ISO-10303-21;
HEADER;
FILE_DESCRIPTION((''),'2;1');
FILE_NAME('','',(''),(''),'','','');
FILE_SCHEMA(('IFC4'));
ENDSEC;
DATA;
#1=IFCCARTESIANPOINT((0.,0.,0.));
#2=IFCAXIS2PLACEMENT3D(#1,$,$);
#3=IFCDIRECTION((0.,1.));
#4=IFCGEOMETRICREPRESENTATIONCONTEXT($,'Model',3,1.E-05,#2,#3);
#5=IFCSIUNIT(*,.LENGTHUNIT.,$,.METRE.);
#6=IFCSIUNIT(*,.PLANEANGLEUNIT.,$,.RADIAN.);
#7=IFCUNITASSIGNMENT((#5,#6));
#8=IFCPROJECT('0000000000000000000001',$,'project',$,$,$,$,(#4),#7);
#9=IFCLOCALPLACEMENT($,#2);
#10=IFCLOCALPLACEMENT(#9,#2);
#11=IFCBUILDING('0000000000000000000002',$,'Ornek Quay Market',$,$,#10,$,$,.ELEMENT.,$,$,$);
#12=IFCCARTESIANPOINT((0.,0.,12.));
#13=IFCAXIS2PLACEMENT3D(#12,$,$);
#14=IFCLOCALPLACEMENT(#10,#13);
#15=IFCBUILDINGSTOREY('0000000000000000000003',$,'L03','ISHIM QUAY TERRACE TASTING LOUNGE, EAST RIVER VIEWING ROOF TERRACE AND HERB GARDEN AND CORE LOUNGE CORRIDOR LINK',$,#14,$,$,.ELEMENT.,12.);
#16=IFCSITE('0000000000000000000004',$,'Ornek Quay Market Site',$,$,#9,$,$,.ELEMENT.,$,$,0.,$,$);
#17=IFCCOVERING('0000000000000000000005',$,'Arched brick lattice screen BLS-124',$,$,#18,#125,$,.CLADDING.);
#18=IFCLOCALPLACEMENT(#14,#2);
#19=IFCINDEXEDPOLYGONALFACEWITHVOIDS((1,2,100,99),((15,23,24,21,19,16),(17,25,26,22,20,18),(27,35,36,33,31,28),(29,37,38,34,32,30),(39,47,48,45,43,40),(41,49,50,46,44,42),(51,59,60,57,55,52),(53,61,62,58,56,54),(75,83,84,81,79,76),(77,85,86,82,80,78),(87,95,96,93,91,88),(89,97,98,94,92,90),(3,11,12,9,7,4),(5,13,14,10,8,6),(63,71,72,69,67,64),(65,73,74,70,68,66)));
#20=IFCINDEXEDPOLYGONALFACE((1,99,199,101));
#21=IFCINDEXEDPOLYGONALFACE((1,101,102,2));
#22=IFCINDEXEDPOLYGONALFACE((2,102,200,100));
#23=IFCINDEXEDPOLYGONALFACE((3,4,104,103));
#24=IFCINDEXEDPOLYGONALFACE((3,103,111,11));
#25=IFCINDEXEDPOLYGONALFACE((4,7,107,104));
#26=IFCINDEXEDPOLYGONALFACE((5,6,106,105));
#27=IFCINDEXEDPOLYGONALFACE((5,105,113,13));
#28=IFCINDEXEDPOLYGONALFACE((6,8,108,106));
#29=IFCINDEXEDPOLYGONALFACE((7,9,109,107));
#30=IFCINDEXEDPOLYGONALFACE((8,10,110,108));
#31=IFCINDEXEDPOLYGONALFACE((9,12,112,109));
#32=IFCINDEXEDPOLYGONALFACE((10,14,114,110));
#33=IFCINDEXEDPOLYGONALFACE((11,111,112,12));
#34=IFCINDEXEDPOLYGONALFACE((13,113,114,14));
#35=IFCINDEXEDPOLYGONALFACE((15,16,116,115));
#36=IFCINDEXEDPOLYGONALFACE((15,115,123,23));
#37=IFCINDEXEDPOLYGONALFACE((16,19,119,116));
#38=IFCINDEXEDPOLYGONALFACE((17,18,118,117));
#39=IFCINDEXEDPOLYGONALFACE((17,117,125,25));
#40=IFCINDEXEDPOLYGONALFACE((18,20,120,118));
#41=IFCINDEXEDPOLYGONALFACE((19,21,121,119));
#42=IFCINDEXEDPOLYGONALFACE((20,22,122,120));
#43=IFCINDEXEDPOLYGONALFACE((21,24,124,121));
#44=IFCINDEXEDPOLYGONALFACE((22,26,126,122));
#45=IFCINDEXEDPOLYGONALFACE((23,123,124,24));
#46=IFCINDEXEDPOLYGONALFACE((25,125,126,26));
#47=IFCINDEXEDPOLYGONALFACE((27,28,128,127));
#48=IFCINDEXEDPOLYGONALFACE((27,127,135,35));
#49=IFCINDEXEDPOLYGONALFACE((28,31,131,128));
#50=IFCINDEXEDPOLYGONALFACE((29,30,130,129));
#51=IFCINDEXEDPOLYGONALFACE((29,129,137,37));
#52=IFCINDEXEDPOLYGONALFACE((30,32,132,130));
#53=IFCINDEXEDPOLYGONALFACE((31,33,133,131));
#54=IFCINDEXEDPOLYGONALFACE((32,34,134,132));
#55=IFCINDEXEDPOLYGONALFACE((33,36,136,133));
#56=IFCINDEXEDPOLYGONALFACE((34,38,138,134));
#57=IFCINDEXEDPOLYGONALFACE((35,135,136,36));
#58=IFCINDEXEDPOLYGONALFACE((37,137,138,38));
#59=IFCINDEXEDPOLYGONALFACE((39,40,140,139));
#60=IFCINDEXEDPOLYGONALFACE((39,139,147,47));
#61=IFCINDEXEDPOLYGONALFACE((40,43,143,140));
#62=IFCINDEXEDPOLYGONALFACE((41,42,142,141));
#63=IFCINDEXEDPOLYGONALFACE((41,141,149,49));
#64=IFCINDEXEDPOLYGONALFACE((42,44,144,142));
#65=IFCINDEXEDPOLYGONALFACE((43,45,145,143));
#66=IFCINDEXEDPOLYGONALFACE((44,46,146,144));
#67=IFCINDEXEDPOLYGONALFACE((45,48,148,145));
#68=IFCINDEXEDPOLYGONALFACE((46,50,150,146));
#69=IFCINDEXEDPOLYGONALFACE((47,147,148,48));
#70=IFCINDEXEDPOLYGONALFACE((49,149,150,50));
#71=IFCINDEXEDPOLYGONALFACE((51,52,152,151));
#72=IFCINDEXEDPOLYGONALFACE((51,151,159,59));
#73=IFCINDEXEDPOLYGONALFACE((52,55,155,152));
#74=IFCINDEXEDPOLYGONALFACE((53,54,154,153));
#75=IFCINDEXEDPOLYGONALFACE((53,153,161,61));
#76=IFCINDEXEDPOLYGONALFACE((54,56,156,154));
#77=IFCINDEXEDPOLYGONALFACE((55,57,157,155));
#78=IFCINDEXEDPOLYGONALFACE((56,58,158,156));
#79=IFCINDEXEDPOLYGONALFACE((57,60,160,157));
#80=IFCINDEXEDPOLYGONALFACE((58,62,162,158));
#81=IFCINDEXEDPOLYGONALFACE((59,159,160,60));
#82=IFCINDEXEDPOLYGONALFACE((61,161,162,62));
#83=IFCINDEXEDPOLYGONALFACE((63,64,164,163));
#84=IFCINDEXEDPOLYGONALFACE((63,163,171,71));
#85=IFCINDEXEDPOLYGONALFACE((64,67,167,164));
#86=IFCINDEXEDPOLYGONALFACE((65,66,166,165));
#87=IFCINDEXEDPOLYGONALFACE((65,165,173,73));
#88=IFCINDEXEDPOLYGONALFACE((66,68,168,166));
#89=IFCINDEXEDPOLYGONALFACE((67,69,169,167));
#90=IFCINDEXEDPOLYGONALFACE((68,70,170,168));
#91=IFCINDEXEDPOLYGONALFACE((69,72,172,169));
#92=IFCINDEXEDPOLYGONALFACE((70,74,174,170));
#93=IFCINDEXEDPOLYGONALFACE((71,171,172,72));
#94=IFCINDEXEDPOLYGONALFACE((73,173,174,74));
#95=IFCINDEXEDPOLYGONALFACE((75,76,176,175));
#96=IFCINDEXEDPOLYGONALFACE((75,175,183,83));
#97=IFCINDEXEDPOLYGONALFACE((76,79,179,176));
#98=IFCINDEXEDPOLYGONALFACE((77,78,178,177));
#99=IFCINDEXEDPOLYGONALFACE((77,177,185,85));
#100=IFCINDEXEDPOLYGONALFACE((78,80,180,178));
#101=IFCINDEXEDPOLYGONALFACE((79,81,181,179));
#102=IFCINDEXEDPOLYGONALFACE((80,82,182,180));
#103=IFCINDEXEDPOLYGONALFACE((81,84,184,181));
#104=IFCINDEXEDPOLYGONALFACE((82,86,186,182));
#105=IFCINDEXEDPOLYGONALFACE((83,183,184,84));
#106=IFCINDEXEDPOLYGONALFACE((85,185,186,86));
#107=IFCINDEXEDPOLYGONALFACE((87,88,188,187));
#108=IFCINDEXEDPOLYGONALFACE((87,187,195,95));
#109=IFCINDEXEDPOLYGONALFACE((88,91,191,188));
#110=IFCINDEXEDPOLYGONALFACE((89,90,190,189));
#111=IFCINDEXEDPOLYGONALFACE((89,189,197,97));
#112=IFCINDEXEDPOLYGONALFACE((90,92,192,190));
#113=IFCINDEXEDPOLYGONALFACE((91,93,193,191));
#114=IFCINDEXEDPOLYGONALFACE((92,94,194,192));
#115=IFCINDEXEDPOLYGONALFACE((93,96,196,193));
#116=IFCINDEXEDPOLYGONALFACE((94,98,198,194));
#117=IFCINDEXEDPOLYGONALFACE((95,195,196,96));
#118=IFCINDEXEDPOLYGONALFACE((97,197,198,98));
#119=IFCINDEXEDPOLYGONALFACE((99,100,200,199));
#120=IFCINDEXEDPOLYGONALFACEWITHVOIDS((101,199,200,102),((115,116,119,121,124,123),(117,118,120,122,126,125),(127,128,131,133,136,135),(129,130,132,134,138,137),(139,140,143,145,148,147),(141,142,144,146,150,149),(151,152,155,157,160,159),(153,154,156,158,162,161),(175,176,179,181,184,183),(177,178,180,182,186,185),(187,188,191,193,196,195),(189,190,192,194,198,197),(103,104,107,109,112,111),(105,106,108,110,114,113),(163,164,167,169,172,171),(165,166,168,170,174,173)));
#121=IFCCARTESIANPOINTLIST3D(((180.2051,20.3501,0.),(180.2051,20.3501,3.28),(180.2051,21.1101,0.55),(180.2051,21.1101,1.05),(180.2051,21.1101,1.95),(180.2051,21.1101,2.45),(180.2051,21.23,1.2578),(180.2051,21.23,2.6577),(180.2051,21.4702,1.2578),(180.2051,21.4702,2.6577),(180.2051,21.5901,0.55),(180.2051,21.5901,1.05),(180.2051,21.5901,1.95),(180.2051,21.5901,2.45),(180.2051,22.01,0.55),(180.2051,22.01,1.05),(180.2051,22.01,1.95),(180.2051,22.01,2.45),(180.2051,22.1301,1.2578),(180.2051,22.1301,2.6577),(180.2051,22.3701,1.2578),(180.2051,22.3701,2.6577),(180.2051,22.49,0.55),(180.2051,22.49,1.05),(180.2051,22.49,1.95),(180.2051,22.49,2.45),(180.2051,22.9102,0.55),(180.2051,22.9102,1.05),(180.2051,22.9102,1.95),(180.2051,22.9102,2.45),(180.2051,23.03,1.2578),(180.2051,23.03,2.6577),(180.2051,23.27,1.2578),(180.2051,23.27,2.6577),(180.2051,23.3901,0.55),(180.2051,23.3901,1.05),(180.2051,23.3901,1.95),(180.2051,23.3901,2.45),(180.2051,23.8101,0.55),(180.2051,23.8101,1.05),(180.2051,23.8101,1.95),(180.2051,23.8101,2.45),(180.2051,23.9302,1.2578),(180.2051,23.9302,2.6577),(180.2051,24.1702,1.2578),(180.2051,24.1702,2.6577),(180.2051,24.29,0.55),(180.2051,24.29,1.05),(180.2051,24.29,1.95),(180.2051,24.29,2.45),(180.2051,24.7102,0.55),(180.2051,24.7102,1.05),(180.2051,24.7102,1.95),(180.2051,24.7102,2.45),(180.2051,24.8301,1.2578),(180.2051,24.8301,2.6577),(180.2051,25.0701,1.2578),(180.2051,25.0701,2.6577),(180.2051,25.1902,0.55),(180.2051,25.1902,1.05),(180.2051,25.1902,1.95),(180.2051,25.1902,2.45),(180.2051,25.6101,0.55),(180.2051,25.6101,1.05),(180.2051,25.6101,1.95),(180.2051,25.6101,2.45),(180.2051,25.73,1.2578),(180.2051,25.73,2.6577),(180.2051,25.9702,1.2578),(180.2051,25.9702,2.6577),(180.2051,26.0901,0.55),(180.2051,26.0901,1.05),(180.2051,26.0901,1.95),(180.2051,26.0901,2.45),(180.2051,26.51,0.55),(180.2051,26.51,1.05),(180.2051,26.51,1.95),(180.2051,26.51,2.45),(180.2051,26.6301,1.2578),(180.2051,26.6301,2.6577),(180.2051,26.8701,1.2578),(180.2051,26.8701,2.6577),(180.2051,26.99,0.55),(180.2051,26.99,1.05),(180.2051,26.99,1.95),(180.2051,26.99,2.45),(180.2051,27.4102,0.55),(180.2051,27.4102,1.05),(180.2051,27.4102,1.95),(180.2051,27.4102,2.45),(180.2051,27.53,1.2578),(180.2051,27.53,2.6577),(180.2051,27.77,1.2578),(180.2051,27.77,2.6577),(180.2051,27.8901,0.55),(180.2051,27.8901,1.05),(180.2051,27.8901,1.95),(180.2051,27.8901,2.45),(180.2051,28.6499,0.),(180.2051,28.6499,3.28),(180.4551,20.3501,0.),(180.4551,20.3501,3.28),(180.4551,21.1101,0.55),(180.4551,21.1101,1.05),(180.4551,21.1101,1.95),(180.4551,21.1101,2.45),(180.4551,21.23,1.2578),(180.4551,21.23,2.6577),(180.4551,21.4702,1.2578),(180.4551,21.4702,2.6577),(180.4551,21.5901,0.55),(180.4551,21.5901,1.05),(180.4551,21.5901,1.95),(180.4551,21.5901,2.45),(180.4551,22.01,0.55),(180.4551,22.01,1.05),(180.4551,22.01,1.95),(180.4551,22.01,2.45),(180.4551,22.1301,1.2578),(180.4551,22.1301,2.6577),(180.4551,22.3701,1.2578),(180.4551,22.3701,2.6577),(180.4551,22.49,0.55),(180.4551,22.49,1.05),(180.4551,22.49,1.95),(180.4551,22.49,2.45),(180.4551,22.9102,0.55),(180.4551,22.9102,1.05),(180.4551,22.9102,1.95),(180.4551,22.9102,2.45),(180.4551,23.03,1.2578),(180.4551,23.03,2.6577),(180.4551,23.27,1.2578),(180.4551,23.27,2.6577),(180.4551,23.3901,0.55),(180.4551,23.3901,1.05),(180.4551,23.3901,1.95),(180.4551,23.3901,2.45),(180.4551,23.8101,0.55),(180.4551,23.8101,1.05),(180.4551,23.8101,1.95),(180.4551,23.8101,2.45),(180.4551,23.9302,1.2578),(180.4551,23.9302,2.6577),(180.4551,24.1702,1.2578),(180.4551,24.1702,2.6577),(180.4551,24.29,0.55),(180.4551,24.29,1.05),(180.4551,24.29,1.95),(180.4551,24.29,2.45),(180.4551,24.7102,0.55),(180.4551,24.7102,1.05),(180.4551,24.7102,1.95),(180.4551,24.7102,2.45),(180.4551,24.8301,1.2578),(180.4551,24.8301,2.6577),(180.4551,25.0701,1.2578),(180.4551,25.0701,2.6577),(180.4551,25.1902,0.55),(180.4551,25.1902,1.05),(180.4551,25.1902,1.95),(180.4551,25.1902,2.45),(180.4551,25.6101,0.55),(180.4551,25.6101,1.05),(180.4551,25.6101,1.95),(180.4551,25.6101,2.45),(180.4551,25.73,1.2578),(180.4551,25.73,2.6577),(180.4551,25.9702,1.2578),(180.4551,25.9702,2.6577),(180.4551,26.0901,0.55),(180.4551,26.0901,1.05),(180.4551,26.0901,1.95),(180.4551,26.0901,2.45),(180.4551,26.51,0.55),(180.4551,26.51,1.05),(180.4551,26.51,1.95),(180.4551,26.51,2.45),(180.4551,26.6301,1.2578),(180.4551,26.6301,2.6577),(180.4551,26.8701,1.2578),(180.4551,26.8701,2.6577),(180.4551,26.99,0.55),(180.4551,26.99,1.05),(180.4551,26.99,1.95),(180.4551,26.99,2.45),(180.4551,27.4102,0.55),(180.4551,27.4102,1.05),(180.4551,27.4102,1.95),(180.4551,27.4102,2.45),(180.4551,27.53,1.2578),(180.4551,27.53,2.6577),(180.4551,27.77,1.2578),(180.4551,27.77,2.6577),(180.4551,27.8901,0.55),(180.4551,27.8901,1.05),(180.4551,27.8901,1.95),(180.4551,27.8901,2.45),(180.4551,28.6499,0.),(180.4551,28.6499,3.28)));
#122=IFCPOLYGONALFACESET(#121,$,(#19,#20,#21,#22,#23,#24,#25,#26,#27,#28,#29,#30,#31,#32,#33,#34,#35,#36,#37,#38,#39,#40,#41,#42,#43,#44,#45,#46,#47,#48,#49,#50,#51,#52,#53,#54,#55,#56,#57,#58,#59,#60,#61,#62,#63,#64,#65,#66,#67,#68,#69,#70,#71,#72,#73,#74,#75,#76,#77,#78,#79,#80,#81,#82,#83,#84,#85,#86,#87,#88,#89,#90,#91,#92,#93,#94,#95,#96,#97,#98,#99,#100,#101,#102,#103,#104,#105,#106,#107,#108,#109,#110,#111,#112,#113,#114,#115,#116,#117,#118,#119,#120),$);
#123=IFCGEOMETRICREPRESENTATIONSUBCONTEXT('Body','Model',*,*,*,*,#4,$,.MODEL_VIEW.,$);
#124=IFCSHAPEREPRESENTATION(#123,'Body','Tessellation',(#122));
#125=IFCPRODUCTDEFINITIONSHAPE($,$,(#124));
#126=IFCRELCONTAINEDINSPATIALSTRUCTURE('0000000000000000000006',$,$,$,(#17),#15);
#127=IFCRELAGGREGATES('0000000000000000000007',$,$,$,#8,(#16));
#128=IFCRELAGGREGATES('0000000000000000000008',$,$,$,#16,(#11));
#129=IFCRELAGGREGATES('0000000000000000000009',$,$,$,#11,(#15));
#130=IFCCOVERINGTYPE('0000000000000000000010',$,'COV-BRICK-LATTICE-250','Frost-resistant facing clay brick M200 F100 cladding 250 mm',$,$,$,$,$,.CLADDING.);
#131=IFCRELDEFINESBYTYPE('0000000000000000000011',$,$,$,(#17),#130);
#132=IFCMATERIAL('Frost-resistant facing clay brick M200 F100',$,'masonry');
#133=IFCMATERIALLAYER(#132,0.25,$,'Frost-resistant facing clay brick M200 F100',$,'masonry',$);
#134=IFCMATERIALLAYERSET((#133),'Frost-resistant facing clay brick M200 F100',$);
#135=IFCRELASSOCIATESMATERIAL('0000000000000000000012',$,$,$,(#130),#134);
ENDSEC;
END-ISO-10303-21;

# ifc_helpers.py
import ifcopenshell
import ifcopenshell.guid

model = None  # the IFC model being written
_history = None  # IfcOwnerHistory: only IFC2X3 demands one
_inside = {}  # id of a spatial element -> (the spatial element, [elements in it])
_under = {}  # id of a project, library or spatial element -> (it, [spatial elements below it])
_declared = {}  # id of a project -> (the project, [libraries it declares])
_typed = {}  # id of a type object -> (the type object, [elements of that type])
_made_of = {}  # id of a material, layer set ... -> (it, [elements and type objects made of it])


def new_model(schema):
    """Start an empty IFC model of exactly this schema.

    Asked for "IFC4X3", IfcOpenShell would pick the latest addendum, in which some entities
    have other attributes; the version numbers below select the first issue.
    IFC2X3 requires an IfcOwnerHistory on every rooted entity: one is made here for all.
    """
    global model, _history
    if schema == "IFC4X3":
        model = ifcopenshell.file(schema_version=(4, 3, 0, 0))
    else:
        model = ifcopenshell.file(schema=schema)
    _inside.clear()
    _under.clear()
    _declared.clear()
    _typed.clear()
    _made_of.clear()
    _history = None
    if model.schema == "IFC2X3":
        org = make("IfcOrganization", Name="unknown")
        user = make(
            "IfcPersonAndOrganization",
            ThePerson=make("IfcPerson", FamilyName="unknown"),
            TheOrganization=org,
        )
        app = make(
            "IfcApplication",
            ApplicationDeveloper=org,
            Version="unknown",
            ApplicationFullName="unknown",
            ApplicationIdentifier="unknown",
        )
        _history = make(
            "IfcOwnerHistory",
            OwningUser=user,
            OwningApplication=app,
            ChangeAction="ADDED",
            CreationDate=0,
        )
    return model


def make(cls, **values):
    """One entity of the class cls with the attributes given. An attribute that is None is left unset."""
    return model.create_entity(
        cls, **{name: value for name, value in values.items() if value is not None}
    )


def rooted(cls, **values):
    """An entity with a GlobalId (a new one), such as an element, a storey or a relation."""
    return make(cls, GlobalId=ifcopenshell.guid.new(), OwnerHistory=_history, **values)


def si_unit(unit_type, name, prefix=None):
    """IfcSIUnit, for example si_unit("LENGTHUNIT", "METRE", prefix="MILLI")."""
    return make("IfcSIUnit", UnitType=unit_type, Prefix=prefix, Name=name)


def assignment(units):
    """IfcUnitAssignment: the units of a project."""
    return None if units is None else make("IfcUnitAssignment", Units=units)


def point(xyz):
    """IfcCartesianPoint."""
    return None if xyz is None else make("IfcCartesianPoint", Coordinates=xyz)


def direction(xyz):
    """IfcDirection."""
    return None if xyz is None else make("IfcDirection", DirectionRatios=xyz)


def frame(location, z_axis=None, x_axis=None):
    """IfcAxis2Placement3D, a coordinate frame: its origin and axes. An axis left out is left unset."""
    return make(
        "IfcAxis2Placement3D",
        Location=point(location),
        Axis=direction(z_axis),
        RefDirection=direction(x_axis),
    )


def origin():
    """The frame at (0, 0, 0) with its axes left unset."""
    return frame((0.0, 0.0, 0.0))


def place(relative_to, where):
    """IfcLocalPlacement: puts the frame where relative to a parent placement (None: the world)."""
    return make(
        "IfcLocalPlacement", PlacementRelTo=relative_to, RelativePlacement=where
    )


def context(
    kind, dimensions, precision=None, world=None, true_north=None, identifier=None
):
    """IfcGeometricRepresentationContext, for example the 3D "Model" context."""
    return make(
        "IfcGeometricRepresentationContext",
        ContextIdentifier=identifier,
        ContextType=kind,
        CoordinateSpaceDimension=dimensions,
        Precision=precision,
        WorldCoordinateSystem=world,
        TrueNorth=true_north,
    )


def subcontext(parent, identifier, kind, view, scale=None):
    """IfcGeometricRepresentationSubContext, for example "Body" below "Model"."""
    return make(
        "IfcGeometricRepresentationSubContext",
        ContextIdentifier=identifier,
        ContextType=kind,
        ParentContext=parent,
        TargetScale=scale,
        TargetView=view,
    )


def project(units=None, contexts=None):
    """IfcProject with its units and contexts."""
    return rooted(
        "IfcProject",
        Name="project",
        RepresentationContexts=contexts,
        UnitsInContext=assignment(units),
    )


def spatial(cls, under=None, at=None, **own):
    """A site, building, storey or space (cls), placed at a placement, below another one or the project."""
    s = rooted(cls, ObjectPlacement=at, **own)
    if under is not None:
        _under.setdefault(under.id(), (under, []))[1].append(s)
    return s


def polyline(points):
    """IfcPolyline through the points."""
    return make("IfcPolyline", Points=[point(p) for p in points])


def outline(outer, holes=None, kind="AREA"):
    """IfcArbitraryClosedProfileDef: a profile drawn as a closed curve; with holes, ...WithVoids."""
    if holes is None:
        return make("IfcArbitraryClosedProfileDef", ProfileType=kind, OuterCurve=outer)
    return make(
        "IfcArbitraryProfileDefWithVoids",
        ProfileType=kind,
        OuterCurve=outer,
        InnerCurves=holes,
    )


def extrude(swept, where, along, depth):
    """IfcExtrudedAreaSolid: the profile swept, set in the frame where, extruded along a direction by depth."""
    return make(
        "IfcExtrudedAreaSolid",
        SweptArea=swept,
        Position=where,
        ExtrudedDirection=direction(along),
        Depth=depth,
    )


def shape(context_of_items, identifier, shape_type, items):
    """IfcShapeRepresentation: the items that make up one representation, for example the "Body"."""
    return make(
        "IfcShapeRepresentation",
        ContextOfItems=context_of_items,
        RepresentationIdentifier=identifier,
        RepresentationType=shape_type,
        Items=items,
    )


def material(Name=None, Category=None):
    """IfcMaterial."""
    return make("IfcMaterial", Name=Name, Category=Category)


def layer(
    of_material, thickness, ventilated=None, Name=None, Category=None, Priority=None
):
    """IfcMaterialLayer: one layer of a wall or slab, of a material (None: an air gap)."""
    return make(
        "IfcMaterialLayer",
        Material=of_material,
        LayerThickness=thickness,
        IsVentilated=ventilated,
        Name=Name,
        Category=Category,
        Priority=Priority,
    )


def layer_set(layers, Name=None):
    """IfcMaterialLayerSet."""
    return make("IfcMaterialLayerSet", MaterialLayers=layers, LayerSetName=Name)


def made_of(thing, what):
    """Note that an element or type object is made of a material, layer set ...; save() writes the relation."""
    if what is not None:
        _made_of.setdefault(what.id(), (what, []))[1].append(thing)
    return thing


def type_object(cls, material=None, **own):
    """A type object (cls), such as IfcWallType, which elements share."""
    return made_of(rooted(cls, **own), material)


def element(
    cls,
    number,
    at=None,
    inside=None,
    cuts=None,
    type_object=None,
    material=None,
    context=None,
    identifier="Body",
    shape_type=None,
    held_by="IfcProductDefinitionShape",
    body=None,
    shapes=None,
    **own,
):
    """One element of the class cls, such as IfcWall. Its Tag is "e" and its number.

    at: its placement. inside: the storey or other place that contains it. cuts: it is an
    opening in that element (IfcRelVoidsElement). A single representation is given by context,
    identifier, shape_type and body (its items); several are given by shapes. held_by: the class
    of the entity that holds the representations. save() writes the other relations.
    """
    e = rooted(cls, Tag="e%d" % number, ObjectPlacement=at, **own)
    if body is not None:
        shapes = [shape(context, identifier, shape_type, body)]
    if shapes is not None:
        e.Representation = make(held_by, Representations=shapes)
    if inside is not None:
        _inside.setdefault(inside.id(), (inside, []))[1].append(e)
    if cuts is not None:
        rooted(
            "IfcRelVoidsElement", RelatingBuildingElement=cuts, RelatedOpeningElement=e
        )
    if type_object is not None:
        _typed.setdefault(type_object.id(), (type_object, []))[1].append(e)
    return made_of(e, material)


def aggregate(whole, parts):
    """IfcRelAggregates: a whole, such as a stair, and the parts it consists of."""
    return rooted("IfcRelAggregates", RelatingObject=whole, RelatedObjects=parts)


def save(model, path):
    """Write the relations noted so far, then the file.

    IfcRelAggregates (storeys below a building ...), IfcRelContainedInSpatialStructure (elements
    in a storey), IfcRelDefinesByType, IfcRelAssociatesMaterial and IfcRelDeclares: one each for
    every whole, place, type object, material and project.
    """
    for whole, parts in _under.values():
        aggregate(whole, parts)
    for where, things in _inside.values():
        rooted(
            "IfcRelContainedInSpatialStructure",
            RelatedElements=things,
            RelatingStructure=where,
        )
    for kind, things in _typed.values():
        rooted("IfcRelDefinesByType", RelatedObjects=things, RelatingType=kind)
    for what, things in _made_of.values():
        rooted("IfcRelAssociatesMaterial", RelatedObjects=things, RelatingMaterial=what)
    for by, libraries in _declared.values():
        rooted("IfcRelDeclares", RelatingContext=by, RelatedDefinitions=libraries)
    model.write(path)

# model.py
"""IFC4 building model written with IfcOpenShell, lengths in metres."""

from ifc_helpers import new_model, si_unit, direction, frame, origin, place, context, subcontext, project, spatial, polyline, outline, extrude, material, layer, layer_set, type_object, element, save


model = new_model("IFC4")

# Units and contexts
model_context = context("Model", 3, precision=1e-05, world=origin(), true_north=direction((0.0, 1.0)))
body_context = subcontext(model_context, "Body", "Model", "MODEL_VIEW")
ifc_project = project(units=[si_unit("LENGTHUNIT", "METRE"), si_unit("PLANEANGLEUNIT", "RADIAN")], contexts=[model_context])

# Site, building, storey
site_placement = place(None, origin())
site = spatial("IfcSite", under=ifc_project, at=site_placement, Name="Ornek Quay Market Site", CompositionType="ELEMENT", RefElevation=0.0)
building_placement = place(site_placement, origin())
building = spatial("IfcBuilding", under=site, at=building_placement, Name="Ornek Quay Market", CompositionType="ELEMENT")
storey_placement = place(building_placement, frame((0.0, 0.0, 12.0)))
storey = spatial("IfcBuildingStorey", under=building, at=storey_placement, Name="L03", Description="ISHIM QUAY TERRACE TASTING LOUNGE, EAST RIVER VIEWING ROOF TERRACE AND HERB GARDEN AND CORE LOUNGE CORRIDOR LINK", CompositionType="ELEMENT", Elevation=12.0)

# Shared definitions
ifc_material_1 = material(Name="Frost-resistant facing clay brick M200 F100", Category="masonry")

# Covering
ifc_layer_1 = layer(ifc_material_1, 0.25, Name="Frost-resistant facing clay brick M200 F100", Category="masonry")
ifc_layer_set_1 = layer_set([ifc_layer_1], Name="Frost-resistant facing clay brick M200 F100")
covering_type = type_object("IfcCoveringType", Name="COV-BRICK-LATTICE-250", Description="Frost-resistant facing clay brick M200 F100 cladding 250 mm", PredefinedType="CLADDING", material=ifc_layer_set_1)
covering_placement = place(storey_placement, frame((180.3301, 20.3501, 0.0), z_axis=(0.0, 0.0, 1.0), x_axis=(0.0, 1.0, 0.0)))
element("IfcCovering", 1, at=covering_placement, inside=storey, type_object=covering_type, Name="Arched brick lattice screen BLS-124", PredefinedType="CLADDING", context=body_context, shape_type="SweptSolid", body=[
    extrude(outline(polyline([(0.0, 0.0), (8.2998, 0.0), (8.2998, 3.28), (0.0, 3.28), (0.0, 0.0)]), holes=[polyline([(0.76, 0.55), (1.24, 0.55), (1.24, 1.05), (1.1201, 1.2578), (0.8799, 1.2578), (0.76, 1.05), (0.76, 0.55)]), polyline([(0.76, 1.95), (1.24, 1.95), (1.24, 2.45), (1.1201, 2.6577), (0.8799, 2.6577), (0.76, 2.45), (0.76, 1.95)]), polyline([(1.6599, 0.55), (2.1399, 0.55), (2.1399, 1.05), (2.02, 1.2578), (1.78, 1.2578), (1.6599, 1.05), (1.6599, 0.55)]), polyline([(1.6599, 1.95), (2.1399, 1.95), (2.1399, 2.45), (2.02, 2.6577), (1.78, 2.6577), (1.6599, 2.45), (1.6599, 1.95)]), polyline([(2.5601, 0.55), (3.04, 0.55), (3.04, 1.05), (2.9199, 1.2578), (2.6799, 1.2578), (2.5601, 1.05), (2.5601, 0.55)]), polyline([(2.5601, 1.95), (3.04, 1.95), (3.04, 2.45), (2.9199, 2.6577), (2.6799, 2.6577), (2.5601, 2.45), (2.5601, 1.95)]), polyline([(3.46, 0.55), (3.9399, 0.55), (3.9399, 1.05), (3.8201, 1.2578), (3.5801, 1.2578), (3.46, 1.05), (3.46, 0.55)]), polyline([(3.46, 1.95), (3.9399, 1.95), (3.9399, 2.45), (3.8201, 2.6577), (3.5801, 2.6577), (3.46, 2.45), (3.46, 1.95)]), polyline([(4.3601, 0.55), (4.8401, 0.55), (4.8401, 1.05), (4.72, 1.2578), (4.48, 1.2578), (4.3601, 1.05), (4.3601, 0.55)]), polyline([(4.3601, 1.95), (4.8401, 1.95), (4.8401, 2.45), (4.72, 2.6577), (4.48, 2.6577), (4.3601, 2.45), (4.3601, 1.95)]), polyline([(5.26, 0.55), (5.74, 0.55), (5.74, 1.05), (5.6201, 1.2578), (5.3799, 1.2578), (5.26, 1.05), (5.26, 0.55)]), polyline([(5.26, 1.95), (5.74, 1.95), (5.74, 2.45), (5.6201, 2.6577), (5.3799, 2.6577), (5.26, 2.45), (5.26, 1.95)]), polyline([(6.1599, 0.55), (6.6399, 0.55), (6.6399, 1.05), (6.52, 1.2578), (6.28, 1.2578), (6.1599, 1.05), (6.1599, 0.55)]), polyline([(6.1599, 1.95), (6.6399, 1.95), (6.6399, 2.45), (6.52, 2.6577), (6.28, 2.6577), (6.1599, 2.45), (6.1599, 1.95)]), polyline([(7.0601, 0.55), (7.54, 0.55), (7.54, 1.05), (7.4199, 1.2578), (7.1799, 1.2578), (7.0601, 1.05), (7.0601, 0.55)]), polyline([(7.0601, 1.95), (7.54, 1.95), (7.54, 2.45), (7.4199, 2.6577), (7.1799, 2.6577), (7.0601, 2.45), (7.0601, 1.95)])]), frame((0.0, 0.125, 0.0), z_axis=(0.0, -1.0, 0.0), x_axis=(1.0, 0.0, 0.0)), (0.0, 0.0, 1.0), 0.25),
])

save(model, "model.ifc")
